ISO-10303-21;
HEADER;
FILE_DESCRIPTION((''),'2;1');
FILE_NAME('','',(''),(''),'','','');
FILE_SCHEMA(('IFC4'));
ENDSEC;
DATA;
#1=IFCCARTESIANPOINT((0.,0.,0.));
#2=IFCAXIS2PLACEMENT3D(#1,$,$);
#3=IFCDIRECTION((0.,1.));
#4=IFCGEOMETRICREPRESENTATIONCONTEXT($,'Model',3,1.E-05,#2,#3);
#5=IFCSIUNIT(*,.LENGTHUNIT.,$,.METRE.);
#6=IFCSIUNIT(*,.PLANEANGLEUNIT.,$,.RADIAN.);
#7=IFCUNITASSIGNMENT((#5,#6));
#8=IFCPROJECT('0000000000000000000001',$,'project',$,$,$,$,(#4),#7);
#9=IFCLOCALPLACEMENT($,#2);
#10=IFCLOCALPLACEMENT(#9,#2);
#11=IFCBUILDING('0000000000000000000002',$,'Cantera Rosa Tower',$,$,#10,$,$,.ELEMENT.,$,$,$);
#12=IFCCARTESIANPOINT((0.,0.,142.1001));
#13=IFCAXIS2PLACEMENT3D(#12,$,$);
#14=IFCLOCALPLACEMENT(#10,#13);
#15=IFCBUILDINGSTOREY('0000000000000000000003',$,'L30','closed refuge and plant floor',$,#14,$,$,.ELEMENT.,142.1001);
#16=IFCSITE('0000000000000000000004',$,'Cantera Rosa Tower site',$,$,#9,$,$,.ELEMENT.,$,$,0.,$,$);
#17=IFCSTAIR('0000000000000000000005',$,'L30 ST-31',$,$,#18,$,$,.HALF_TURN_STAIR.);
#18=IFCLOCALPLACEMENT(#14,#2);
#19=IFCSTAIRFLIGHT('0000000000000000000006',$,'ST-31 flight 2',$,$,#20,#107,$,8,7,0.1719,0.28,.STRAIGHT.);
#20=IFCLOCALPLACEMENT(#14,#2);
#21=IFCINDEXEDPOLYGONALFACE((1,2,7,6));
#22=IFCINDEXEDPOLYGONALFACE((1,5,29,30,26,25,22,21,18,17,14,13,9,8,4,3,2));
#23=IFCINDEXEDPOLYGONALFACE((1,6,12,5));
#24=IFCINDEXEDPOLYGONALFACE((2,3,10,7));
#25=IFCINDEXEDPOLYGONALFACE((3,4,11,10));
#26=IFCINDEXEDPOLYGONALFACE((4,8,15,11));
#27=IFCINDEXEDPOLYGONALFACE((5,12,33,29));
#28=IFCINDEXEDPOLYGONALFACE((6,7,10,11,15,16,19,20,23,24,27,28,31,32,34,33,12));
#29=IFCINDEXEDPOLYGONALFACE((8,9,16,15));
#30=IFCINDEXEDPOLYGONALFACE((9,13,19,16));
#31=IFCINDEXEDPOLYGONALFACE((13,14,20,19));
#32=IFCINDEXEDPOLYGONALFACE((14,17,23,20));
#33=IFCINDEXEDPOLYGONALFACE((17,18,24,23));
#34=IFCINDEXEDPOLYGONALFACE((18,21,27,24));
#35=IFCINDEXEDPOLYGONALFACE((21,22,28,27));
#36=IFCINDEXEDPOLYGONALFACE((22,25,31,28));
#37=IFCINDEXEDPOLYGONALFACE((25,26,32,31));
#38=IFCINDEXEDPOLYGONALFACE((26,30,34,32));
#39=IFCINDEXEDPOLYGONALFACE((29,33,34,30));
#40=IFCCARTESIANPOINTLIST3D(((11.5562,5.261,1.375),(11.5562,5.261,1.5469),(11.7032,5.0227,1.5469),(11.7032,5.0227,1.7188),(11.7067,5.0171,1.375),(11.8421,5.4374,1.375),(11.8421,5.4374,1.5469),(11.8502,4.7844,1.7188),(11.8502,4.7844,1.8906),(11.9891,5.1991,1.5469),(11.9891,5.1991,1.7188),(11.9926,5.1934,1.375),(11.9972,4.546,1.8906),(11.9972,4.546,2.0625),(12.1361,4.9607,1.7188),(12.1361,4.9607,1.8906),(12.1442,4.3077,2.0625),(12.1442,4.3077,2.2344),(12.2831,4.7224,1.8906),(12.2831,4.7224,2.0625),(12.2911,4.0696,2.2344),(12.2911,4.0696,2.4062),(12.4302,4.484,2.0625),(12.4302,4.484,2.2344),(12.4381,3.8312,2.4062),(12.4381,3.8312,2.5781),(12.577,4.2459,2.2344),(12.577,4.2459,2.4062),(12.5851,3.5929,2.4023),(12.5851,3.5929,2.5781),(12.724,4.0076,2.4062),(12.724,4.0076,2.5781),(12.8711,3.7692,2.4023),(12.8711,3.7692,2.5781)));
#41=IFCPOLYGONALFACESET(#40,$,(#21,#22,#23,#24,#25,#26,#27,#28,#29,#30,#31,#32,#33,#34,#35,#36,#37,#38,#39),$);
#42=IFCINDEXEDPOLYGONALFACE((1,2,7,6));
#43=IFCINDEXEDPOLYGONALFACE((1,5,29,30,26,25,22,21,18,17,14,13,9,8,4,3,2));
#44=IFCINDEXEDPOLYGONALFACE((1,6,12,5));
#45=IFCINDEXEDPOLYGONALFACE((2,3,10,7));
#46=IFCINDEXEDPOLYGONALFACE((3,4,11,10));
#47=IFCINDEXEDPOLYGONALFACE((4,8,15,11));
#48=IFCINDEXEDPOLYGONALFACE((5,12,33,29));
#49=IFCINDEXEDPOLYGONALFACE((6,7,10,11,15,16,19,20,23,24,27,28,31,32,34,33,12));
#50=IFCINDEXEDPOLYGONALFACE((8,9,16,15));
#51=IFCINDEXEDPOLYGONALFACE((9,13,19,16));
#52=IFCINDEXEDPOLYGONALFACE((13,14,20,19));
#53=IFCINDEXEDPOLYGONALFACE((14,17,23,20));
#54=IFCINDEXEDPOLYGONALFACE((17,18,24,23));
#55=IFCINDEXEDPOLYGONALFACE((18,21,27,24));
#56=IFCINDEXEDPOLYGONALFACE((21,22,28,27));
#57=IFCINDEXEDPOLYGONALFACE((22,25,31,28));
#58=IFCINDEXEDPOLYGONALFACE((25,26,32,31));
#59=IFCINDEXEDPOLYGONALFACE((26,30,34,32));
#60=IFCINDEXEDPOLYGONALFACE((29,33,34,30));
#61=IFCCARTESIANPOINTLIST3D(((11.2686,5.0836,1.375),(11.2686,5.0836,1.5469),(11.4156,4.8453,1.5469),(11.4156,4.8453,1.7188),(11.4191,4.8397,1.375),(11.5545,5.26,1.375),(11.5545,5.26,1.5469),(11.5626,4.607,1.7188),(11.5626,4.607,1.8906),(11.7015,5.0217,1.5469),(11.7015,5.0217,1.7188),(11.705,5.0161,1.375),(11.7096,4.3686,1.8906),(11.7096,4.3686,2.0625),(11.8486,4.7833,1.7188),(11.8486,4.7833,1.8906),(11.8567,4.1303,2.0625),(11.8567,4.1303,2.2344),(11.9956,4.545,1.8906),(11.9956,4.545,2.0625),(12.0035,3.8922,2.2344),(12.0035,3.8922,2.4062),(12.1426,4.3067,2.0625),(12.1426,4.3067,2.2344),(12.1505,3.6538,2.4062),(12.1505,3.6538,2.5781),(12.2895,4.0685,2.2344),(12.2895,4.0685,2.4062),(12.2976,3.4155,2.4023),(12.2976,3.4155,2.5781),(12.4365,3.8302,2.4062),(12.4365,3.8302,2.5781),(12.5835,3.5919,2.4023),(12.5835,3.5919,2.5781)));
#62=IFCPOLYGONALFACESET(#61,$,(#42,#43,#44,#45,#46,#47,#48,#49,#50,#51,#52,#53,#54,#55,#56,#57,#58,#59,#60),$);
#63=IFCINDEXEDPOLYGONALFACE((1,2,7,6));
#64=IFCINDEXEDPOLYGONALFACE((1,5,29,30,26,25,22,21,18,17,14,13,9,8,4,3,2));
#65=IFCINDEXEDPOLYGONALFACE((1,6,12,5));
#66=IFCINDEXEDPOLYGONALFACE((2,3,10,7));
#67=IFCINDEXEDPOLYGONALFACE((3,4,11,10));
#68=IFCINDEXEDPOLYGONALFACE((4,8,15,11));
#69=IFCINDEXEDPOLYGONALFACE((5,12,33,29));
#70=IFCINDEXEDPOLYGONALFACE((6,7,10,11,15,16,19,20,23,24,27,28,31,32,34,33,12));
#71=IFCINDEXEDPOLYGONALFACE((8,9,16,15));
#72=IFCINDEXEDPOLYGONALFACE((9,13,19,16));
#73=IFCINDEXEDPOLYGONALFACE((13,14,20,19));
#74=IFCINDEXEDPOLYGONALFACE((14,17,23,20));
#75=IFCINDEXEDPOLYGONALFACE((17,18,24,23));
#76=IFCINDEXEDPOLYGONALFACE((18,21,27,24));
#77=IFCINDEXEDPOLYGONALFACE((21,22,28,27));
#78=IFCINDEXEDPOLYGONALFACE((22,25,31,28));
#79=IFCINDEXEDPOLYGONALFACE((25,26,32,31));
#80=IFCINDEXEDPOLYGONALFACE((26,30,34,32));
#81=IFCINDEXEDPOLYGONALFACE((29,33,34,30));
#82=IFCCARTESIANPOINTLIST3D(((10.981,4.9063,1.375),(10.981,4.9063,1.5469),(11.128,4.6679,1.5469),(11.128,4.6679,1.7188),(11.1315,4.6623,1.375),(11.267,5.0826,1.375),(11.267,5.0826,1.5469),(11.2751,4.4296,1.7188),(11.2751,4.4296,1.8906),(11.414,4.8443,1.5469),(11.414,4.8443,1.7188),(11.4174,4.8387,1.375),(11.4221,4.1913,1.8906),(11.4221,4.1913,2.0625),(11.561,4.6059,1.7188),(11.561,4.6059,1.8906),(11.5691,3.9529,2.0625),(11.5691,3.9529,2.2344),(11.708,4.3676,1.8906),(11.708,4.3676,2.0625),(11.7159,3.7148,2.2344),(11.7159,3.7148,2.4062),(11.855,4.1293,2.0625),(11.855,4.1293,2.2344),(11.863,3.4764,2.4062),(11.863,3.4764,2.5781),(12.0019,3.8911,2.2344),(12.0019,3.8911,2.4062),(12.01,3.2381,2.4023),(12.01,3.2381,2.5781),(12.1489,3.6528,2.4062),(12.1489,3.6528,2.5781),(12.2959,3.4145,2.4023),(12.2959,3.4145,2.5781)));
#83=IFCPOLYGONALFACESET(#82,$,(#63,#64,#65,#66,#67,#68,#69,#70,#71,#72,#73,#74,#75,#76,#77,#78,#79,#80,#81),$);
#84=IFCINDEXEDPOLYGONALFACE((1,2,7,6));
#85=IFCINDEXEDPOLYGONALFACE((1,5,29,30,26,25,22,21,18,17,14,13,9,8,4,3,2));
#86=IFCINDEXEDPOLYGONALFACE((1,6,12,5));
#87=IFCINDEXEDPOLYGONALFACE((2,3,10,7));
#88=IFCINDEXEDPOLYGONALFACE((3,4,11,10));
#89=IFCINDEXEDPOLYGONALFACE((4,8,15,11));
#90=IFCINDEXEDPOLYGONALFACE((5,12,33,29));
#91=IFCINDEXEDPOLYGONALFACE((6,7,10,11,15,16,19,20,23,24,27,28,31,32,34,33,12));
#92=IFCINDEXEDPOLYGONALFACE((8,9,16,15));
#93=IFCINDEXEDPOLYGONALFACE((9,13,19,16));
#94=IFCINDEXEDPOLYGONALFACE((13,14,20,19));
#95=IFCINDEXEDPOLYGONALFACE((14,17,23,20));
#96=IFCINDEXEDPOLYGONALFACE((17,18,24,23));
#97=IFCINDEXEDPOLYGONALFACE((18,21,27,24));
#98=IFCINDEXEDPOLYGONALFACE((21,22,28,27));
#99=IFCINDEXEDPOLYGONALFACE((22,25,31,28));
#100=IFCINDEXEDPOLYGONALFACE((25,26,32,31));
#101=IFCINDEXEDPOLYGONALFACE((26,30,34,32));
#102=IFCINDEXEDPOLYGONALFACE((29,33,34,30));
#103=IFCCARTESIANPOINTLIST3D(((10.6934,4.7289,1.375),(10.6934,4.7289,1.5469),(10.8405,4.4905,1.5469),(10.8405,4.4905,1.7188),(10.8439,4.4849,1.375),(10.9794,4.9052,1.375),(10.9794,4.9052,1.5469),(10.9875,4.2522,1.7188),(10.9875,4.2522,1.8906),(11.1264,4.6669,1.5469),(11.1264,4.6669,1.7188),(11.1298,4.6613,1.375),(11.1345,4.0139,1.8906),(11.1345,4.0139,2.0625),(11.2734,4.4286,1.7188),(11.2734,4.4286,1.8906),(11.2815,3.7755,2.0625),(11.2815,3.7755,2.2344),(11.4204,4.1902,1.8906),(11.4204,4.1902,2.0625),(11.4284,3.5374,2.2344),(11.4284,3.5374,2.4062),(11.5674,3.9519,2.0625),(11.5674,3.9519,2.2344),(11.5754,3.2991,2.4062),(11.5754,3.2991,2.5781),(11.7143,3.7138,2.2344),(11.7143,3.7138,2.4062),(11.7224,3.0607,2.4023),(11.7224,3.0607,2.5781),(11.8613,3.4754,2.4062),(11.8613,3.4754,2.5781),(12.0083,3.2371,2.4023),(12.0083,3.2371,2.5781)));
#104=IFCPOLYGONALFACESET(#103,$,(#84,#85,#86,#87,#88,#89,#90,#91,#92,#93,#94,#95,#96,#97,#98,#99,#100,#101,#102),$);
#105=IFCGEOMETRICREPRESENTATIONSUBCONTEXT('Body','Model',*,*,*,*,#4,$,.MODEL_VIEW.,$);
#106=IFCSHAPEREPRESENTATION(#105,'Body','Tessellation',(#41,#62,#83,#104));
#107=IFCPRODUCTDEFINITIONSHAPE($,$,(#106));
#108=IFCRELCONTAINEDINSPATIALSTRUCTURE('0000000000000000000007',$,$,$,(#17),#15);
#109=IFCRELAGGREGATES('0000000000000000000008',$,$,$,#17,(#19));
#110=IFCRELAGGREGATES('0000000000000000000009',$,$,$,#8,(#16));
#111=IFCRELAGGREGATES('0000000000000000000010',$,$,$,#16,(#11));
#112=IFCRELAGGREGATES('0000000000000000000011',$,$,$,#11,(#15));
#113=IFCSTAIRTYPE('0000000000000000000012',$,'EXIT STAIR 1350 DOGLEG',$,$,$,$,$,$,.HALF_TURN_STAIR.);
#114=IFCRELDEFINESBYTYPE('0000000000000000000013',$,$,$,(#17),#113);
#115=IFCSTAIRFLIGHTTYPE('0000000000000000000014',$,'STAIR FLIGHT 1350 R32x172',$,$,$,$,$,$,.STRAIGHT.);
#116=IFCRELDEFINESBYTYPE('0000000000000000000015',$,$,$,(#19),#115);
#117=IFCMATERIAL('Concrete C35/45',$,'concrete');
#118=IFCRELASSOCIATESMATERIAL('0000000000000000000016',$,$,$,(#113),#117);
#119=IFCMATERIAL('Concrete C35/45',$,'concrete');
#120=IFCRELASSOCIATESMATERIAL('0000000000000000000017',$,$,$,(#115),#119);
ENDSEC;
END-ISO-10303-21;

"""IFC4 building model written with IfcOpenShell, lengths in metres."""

from ifc_helpers import new_model, si_unit, direction, frame, origin, place, context, subcontext, project, spatial, polyline, outline, extrude, material, type_object, element, aggregate, save


model = new_model("IFC4")

# Units and contexts
model_context = context("Model", 3, precision=1e-05, world=origin(), true_north=direction((0.0, 1.0)))
body_context = subcontext(model_context, "Body", "Model", "MODEL_VIEW")
ifc_project = project(units=[si_unit("LENGTHUNIT", "METRE"), si_unit("PLANEANGLEUNIT", "RADIAN")], contexts=[model_context])

# Site, building, storey
site_placement = place(None, origin())
site = spatial("IfcSite", under=ifc_project, at=site_placement, Name="Cantera Rosa Tower site", CompositionType="ELEMENT", RefElevation=0.0)
building_placement = place(site_placement, origin())
building = spatial("IfcBuilding", under=site, at=building_placement, Name="Cantera Rosa Tower", CompositionType="ELEMENT")
storey_placement = place(building_placement, frame((0.0, 0.0, 142.1001)))
storey = spatial("IfcBuildingStorey", under=building, at=storey_placement, Name="L30", Description="closed refuge and plant floor", CompositionType="ELEMENT", Elevation=142.1001)

# Stair, stair flight
ifc_material_1 = material(Name="Concrete C35/45", Category="concrete")
stair_type = type_object("IfcStairType", Name="EXIT STAIR 1350 DOGLEG", PredefinedType="HALF_TURN_STAIR", material=ifc_material_1)
stair_1_placement = place(storey_placement, origin())
stair_1 = element("IfcStair", 1, at=stair_1_placement, inside=storey, type_object=stair_type, Name="L30 ST-31", PredefinedType="HALF_TURN_STAIR")
ifc_material_2 = material(Name="Concrete C35/45", Category="concrete")
stair_flight_type = type_object("IfcStairFlightType", Name="STAIR FLIGHT 1350 R32x172", PredefinedType="STRAIGHT", material=ifc_material_2)
stair_flight_1_placement = place(storey_placement, frame((11.2676, 5.083, 1.375), z_axis=(0.0, 0.0, 1.0), x_axis=(0.524977, -0.851117, 0.0)))
stair_flight_1 = element("IfcStairFlight", 2, at=stair_flight_1_placement, type_object=stair_flight_type, Name="ST-31 flight 2", NumberOfRisers=8, NumberOfTreads=7, PredefinedType="STRAIGHT", RiserHeight=0.1719, TreadLength=0.28, context=body_context, shape_type="SweptSolid", body=[
    extrude(outline(polyline([(0.0, 0.0), (0.0, 0.1719), (0.28, 0.1719), (0.28, 0.3438), (0.5601, 0.3438), (0.5601, 0.5156), (0.8401, 0.5156), (0.8401, 0.6875), (1.1201, 0.6875), (1.1201, 0.8594), (1.3999, 0.8594), (1.3999, 1.0312), (1.6799, 1.0312), (1.6799, 1.2031), (1.96, 1.2031), (1.96, 1.375), (1.96, 1.0273), (0.2866, 0.0), (0.0, 0.0)])), frame((0.0, 0.675, 0.0), z_axis=(0.0, -1.0, 0.0), x_axis=(1.0, 0.0, 0.0)), (0.0, 0.0, 1.0), 0.3359),
    extrude(outline(polyline([(0.0, 0.0), (0.0, 0.1719), (0.28, 0.1719), (0.28, 0.3438), (0.5601, 0.3438), (0.5601, 0.5156), (0.8401, 0.5156), (0.8401, 0.6875), (1.1201, 0.6875), (1.1201, 0.8594), (1.3999, 0.8594), (1.3999, 1.0312), (1.6799, 1.0312), (1.6799, 1.2031), (1.96, 1.2031), (1.96, 1.375), (1.96, 1.0273), (0.2866, 0.0), (0.0, 0.0)])), frame((0.0, 0.3372, 0.0), z_axis=(0.0, -1.0, 0.0), x_axis=(1.0, 0.0, 0.0)), (0.0, 0.0, 1.0), 0.3359),
    extrude(outline(polyline([(0.0, 0.0), (0.0, 0.1719), (0.28, 0.1719), (0.28, 0.3438), (0.5601, 0.3438), (0.5601, 0.5156), (0.8401, 0.5156), (0.8401, 0.6875), (1.1201, 0.6875), (1.1201, 0.8594), (1.3999, 0.8594), (1.3999, 1.0312), (1.6799, 1.0312), (1.6799, 1.2031), (1.96, 1.2031), (1.96, 1.375), (1.96, 1.0273), (0.2866, 0.0), (0.0, 0.0)])), frame((0.0, -0.0007, 0.0), z_axis=(0.0, -1.0, 0.0), x_axis=(1.0, 0.0, 0.0)), (0.0, 0.0, 1.0), 0.3359),
    extrude(outline(polyline([(0.0, 0.0), (0.0, 0.1719), (0.28, 0.1719), (0.28, 0.3438), (0.5601, 0.3438), (0.5601, 0.5156), (0.8401, 0.5156), (0.8401, 0.6875), (1.1201, 0.6875), (1.1201, 0.8594), (1.3999, 0.8594), (1.3999, 1.0312), (1.6799, 1.0312), (1.6799, 1.2031), (1.96, 1.2031), (1.96, 1.375), (1.96, 1.0273), (0.2866, 0.0), (0.0, 0.0)])), frame((0.0, -0.3386, 0.0), z_axis=(0.0, -1.0, 0.0), x_axis=(1.0, 0.0, 0.0)), (0.0, 0.0, 1.0), 0.3359),
])
aggregate(stair_1, [stair_flight_1])

save(model, "model.ifc")
